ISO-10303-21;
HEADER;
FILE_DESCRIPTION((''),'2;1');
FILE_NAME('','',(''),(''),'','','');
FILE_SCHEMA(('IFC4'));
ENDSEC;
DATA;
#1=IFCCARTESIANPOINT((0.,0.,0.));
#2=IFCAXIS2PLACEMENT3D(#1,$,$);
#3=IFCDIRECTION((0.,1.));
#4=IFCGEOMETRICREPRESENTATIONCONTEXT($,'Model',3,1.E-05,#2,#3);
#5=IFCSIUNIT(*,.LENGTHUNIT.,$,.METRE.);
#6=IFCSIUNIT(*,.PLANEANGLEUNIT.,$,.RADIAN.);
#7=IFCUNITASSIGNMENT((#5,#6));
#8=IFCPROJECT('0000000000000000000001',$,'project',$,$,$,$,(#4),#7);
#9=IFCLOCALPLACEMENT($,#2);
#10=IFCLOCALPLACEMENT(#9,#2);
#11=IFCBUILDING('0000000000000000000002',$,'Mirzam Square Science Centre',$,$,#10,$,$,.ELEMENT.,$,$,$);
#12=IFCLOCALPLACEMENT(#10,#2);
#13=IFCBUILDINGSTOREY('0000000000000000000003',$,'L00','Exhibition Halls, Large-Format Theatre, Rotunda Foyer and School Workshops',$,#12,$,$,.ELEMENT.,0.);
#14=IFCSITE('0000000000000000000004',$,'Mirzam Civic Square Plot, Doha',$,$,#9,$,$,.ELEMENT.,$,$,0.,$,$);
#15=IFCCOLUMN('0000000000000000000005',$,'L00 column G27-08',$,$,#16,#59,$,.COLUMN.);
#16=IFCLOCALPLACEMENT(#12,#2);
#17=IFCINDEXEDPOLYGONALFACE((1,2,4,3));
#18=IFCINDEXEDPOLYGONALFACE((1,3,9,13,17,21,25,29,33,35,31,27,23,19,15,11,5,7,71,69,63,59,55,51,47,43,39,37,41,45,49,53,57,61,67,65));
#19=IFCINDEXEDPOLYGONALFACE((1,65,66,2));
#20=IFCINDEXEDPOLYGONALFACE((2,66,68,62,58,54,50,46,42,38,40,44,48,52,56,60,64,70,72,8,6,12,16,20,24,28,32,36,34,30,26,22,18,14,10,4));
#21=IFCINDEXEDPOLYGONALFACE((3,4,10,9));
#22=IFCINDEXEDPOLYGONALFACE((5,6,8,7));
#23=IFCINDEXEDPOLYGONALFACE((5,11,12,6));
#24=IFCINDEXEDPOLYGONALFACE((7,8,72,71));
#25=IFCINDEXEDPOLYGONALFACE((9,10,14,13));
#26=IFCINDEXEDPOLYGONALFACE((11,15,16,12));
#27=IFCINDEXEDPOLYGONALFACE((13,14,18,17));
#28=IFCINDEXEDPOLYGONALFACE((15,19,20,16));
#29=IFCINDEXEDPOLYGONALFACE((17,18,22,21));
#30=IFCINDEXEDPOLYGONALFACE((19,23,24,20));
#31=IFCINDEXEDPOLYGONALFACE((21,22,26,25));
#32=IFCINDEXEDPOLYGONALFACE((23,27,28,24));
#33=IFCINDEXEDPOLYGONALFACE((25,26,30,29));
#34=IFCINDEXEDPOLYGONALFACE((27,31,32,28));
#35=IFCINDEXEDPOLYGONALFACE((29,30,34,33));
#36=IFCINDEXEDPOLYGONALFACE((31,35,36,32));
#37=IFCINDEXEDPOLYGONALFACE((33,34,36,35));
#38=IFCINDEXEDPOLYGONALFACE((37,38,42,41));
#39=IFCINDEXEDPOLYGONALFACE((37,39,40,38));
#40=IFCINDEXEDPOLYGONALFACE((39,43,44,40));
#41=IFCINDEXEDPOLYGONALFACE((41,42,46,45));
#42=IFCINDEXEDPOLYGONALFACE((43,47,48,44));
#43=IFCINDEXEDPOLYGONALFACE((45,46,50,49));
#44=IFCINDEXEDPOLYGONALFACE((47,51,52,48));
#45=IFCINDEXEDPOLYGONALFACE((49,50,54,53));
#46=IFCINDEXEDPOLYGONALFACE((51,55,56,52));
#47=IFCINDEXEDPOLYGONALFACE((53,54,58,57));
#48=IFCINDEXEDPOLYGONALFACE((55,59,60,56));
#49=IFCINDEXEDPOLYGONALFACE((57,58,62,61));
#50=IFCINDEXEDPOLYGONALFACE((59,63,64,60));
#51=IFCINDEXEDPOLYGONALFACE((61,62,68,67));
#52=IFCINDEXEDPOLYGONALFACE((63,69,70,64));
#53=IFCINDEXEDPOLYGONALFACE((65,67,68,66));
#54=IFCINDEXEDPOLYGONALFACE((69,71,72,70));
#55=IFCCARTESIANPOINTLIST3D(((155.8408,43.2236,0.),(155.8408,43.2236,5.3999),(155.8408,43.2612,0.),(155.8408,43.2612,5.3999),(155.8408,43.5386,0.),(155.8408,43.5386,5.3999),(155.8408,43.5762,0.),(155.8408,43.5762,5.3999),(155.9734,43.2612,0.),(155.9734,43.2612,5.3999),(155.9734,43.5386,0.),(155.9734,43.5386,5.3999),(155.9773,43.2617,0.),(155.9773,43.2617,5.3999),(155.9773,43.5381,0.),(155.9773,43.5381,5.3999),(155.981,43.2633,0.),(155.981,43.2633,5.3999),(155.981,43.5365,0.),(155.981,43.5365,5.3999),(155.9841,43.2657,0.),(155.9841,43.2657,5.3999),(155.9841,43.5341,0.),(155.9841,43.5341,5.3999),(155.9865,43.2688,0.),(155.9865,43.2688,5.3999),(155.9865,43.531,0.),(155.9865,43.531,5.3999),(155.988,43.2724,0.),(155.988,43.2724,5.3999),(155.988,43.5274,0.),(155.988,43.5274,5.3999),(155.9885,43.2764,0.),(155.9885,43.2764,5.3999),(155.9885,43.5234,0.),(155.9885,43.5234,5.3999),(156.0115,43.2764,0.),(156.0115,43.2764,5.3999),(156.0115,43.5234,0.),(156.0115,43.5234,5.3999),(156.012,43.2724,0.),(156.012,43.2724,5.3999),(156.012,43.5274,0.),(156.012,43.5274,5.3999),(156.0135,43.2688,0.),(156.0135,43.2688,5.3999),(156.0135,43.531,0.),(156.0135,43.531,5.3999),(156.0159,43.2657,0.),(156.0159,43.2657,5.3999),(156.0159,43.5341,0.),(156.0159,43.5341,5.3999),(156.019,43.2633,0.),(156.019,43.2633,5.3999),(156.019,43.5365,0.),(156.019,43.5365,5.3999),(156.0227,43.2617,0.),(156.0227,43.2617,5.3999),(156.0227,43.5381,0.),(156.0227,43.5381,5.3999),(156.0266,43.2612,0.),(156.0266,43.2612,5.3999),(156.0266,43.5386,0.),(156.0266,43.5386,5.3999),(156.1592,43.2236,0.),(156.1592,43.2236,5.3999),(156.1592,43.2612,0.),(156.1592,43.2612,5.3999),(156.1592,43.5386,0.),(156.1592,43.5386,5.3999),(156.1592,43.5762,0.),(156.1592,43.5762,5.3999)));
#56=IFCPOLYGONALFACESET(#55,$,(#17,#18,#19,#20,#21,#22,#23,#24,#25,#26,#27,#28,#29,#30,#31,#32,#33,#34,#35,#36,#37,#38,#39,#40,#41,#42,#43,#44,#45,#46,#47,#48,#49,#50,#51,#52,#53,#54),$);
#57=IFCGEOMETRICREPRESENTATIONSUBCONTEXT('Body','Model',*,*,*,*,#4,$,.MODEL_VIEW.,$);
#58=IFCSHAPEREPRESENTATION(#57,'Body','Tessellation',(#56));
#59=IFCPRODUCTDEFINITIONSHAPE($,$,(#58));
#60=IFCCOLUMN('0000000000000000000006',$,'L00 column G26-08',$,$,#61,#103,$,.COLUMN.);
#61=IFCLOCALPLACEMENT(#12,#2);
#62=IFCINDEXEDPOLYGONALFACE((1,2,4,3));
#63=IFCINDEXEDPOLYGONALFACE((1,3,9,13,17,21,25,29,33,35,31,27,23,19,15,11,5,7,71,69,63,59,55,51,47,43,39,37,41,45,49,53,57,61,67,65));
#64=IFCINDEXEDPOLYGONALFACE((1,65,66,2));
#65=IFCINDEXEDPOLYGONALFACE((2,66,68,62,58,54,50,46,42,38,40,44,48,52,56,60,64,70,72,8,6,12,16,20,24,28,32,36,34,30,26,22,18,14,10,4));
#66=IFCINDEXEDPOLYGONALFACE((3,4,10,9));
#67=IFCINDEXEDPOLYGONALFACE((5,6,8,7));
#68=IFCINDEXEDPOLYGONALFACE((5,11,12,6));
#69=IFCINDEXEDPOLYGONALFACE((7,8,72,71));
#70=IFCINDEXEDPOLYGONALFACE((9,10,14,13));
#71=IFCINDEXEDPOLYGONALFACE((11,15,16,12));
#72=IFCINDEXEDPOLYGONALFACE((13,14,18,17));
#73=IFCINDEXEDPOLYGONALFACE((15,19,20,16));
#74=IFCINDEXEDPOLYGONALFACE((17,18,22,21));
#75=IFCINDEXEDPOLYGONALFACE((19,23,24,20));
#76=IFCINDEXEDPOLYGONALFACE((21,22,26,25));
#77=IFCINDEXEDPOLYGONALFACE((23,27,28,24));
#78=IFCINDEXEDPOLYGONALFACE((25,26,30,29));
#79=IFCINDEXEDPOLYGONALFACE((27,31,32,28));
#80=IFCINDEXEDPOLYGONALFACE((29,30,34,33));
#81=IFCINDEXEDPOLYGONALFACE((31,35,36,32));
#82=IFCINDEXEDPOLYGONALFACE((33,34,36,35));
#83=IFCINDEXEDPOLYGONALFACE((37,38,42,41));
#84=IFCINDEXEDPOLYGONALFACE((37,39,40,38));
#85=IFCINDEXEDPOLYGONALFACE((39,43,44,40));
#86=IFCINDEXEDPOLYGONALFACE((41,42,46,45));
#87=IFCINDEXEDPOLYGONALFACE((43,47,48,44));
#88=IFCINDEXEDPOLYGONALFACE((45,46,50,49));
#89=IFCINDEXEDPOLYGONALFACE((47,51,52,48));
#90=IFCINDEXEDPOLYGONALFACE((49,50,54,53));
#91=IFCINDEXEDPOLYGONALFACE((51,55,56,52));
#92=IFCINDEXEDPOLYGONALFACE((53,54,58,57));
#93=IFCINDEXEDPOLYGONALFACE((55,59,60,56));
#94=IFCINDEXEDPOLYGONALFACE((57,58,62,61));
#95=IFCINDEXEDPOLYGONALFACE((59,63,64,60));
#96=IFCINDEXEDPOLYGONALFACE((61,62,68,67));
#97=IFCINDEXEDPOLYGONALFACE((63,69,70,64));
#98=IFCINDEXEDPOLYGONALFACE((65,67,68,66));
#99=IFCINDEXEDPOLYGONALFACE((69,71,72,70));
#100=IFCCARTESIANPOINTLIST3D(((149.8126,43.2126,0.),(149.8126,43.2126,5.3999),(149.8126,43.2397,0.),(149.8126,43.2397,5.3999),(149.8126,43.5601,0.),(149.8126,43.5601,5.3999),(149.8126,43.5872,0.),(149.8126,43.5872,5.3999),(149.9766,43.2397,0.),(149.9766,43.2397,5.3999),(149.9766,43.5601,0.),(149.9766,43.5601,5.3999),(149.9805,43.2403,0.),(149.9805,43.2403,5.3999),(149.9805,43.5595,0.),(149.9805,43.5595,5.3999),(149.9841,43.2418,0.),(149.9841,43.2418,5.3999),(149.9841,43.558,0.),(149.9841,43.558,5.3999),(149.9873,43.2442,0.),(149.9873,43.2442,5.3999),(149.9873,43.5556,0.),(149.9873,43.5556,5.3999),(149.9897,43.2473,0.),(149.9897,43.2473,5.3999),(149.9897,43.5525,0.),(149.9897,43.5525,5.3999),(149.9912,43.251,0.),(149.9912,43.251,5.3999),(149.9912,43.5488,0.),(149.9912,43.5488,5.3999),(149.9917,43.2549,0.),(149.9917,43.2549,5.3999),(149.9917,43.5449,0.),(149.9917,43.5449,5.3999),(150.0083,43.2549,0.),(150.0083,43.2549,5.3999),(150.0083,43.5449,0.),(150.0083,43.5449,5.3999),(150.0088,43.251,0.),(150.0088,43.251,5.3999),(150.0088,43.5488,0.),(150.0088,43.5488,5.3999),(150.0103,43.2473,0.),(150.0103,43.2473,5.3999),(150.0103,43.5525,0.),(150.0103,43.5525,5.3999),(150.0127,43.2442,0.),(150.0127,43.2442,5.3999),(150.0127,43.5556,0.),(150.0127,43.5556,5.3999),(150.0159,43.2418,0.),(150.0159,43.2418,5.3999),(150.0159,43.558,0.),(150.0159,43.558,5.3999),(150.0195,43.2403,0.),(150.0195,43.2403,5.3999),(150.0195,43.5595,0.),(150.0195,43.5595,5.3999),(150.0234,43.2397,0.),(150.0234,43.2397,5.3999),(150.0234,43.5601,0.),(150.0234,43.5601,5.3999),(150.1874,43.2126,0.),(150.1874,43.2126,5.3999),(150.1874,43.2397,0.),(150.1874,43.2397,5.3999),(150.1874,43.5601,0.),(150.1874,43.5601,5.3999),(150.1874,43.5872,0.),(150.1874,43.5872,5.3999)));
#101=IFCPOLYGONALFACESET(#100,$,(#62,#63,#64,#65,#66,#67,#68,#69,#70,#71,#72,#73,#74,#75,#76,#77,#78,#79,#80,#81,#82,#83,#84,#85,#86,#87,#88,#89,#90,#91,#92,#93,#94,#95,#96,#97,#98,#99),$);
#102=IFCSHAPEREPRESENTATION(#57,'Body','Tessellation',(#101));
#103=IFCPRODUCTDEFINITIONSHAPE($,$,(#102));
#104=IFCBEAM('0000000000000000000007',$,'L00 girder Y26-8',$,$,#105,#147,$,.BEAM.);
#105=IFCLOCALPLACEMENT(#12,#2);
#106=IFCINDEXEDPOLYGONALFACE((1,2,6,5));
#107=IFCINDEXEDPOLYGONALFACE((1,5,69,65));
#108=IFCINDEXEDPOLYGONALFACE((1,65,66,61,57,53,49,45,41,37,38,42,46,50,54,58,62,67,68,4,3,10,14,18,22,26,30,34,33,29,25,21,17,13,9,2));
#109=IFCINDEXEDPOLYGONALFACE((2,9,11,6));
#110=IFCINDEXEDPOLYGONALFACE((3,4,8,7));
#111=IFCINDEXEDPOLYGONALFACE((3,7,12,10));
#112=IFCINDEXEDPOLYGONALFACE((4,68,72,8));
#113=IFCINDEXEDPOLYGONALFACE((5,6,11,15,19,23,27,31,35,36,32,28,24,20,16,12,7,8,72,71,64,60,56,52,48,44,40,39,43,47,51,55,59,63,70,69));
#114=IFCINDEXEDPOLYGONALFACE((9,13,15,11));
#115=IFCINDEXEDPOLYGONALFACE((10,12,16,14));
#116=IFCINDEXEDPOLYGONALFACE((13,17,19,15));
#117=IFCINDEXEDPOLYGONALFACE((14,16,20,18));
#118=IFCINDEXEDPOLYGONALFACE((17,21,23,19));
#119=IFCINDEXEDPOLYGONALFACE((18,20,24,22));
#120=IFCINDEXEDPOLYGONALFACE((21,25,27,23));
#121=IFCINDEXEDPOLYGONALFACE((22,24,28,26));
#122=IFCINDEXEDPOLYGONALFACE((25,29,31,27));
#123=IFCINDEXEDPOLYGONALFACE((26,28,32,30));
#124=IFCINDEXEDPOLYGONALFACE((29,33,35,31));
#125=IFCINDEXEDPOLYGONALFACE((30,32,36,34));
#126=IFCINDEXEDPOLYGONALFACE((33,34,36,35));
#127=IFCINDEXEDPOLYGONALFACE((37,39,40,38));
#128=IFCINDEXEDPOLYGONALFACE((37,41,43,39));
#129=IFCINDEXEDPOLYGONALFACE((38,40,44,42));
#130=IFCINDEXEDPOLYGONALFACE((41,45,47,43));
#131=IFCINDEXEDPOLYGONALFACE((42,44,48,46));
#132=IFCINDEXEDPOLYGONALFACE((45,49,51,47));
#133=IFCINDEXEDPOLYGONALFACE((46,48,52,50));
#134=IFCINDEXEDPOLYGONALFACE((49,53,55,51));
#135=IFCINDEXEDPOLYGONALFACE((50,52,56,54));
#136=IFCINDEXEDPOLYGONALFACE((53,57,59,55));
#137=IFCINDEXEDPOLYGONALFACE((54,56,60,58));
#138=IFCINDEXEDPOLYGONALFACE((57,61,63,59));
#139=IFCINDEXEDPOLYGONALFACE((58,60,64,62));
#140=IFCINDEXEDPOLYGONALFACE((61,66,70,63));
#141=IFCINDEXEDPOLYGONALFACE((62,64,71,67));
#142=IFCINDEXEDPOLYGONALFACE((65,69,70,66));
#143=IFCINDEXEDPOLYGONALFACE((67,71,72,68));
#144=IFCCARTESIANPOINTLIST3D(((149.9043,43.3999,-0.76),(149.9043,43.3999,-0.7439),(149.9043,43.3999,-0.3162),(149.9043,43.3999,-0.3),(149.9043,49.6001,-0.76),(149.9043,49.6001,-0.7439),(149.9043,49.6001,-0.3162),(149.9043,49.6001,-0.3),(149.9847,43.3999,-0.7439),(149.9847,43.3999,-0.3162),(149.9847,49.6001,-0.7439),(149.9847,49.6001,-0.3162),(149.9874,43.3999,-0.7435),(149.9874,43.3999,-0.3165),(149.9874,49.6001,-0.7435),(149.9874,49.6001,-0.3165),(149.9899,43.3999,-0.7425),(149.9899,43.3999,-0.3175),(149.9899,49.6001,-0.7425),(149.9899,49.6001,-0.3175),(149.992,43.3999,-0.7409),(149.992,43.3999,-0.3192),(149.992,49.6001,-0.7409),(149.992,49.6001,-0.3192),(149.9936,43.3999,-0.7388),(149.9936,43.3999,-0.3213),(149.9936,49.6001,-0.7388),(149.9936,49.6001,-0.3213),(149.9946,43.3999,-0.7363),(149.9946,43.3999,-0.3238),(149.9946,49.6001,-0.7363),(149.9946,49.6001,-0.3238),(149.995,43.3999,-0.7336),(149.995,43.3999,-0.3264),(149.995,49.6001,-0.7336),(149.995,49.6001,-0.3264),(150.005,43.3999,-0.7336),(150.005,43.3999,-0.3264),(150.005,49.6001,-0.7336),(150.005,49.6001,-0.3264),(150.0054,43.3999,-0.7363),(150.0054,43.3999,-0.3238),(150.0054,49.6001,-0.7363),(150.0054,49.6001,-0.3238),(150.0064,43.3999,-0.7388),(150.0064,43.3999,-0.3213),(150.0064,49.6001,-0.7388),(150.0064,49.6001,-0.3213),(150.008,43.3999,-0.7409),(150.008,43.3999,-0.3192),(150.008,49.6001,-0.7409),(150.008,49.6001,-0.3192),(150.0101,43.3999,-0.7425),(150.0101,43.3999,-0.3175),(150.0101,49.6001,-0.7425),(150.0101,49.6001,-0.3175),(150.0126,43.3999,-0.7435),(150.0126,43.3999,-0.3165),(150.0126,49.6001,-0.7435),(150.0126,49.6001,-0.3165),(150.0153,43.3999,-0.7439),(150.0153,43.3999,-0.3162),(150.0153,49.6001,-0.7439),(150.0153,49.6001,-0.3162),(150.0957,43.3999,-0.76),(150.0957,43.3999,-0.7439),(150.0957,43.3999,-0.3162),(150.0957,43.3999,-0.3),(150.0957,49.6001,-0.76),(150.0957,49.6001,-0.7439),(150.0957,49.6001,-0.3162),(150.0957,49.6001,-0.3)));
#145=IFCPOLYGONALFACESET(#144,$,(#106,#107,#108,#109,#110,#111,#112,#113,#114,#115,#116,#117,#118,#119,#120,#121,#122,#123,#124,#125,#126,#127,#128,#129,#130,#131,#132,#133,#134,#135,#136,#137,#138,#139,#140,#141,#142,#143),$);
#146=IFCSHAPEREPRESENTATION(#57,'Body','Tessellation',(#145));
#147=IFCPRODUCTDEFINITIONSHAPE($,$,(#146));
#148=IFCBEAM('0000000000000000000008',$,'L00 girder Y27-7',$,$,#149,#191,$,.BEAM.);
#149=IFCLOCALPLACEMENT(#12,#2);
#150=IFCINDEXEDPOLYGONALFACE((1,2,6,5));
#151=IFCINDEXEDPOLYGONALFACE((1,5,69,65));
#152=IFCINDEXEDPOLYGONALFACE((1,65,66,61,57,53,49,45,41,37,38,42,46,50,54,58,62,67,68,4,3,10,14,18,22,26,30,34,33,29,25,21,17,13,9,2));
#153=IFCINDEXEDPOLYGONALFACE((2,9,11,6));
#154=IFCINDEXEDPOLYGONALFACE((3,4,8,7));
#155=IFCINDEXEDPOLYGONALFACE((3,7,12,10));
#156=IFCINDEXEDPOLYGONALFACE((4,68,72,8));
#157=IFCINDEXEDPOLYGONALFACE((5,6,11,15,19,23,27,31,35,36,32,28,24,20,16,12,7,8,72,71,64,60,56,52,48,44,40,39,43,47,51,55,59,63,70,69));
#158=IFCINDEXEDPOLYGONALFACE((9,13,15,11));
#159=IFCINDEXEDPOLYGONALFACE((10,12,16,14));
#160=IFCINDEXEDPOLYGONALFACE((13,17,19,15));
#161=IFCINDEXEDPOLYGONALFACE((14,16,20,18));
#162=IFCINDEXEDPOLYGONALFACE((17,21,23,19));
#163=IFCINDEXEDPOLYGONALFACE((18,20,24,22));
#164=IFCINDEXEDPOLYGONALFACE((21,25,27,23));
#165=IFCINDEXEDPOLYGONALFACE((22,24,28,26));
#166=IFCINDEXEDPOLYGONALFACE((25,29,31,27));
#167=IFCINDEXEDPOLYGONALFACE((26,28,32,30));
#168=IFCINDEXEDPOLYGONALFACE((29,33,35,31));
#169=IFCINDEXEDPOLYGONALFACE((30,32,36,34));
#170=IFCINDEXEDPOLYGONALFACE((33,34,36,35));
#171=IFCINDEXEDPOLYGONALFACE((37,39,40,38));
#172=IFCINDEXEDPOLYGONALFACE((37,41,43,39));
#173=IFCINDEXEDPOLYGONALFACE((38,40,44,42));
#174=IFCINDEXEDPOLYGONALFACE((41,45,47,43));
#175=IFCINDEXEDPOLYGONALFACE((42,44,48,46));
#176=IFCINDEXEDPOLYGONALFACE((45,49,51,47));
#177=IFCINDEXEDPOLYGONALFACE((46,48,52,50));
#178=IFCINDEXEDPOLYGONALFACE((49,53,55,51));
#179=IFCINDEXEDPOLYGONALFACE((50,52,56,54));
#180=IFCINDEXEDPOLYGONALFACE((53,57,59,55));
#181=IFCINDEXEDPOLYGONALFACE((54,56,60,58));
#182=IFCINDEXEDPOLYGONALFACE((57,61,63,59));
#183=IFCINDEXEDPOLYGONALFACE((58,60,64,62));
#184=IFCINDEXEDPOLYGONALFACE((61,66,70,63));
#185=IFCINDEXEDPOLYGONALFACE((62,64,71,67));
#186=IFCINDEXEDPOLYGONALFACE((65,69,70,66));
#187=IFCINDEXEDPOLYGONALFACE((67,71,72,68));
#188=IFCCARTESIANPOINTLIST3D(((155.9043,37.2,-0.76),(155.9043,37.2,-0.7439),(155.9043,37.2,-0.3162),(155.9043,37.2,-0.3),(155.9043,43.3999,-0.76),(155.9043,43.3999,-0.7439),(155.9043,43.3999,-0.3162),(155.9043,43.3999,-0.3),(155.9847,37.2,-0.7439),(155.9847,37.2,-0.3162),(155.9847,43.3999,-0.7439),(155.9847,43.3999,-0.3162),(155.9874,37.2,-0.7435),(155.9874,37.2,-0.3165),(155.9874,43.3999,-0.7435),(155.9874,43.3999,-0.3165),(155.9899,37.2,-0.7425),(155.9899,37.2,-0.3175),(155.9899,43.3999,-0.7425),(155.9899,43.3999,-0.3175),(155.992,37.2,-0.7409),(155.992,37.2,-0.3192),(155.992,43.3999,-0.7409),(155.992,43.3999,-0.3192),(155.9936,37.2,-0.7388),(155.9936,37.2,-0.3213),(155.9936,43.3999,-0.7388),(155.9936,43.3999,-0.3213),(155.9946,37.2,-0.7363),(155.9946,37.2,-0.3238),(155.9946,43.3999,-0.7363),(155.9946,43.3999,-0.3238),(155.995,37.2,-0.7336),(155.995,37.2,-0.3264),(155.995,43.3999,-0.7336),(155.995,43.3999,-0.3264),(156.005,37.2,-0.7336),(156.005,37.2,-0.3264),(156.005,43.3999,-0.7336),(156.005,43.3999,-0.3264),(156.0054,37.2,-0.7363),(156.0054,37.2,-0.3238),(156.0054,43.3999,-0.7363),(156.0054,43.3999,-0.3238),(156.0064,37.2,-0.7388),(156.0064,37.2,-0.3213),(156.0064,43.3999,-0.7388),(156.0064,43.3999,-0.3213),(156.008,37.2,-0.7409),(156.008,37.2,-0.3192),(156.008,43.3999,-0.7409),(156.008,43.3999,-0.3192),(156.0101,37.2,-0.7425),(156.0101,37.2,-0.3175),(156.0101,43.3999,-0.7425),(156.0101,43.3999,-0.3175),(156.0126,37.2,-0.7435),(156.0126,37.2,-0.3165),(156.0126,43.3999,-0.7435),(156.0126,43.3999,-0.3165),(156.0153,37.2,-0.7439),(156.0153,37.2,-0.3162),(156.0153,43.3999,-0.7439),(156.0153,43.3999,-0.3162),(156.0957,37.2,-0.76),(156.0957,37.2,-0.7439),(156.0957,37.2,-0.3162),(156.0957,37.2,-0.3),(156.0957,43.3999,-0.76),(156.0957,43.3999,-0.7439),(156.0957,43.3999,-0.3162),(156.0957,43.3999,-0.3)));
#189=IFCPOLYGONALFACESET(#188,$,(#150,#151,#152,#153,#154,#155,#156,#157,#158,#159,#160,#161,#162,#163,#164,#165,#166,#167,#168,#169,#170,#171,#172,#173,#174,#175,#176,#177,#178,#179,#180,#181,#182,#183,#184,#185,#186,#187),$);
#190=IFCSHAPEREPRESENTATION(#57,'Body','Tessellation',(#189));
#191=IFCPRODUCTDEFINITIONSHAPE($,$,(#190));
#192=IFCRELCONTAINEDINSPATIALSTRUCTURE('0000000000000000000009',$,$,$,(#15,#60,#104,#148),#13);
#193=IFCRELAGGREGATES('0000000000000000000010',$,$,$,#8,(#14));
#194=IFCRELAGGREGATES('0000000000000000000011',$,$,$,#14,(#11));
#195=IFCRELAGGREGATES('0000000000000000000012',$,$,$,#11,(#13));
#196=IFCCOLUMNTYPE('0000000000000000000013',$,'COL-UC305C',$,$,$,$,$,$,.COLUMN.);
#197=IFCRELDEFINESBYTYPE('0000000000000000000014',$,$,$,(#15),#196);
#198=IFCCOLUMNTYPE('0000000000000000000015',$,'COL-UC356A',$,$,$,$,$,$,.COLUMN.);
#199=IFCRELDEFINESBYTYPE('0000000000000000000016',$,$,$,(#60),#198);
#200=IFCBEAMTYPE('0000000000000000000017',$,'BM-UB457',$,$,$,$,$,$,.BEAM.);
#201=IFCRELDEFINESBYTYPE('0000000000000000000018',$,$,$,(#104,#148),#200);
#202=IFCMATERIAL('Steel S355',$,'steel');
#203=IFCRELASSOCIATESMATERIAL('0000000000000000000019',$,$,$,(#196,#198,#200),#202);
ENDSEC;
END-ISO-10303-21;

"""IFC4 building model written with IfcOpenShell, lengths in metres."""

from ifc_helpers import new_model, si_unit, direction, frame, origin, origin_2d, place, context, subcontext, project, spatial, i_section, extrude, material, material_profile, profile_set, type_object, element, save


model = new_model("IFC4")

# Units and contexts
model_context = context("Model", 3, precision=1e-05, world=origin(), true_north=direction((0.0, 1.0)))
body_context = subcontext(model_context, "Body", "Model", "MODEL_VIEW")
ifc_project = project(units=[si_unit("LENGTHUNIT", "METRE"), si_unit("PLANEANGLEUNIT", "RADIAN")], contexts=[model_context])

# Site, building, storey
site_placement = place(None, origin())
site = spatial("IfcSite", under=ifc_project, at=site_placement, Name="Mirzam Civic Square Plot, Doha", CompositionType="ELEMENT", RefElevation=0.0)
building_placement = place(site_placement, origin())
building = spatial("IfcBuilding", under=site, at=building_placement, Name="Mirzam Square Science Centre", CompositionType="ELEMENT")
storey_placement = place(building_placement, origin())
storey = spatial("IfcBuildingStorey", under=building, at=storey_placement, Name="L00", Description="Exhibition Halls, Large-Format Theatre, Rotunda Foyer and School Workshops", CompositionType="ELEMENT", Elevation=0.0)

# Columns
ifc_material_1 = material(Name="Steel S355", Category="steel")
ifc_material_profile_1 = material_profile(ifc_material_1, i_section(OverallWidth=0.3184, OverallDepth=0.3525, WebThickness=0.0229, FlangeThickness=0.0376, FilletRadius=0.0151, at=origin_2d()), Name="305x305x240UC")
ifc_profile_set_1 = profile_set([ifc_material_profile_1], Name="Steel S355")
column_type_1 = type_object("IfcColumnType", Name="COL-UC305C", PredefinedType="COLUMN", material=ifc_profile_set_1)
column_1_placement = place(storey_placement, frame((156.0, 43.3999, 0.0), z_axis=(0.0, 0.0, 1.0), x_axis=(1.0, 0.0, 0.0)))
element("IfcColumn", 1, at=column_1_placement, inside=storey, type_object=column_type_1, Name="L00 column G27-08", PredefinedType="COLUMN", context=body_context, shape_type="SweptSolid", body=[
    extrude(i_section(OverallWidth=0.3184, OverallDepth=0.3525, WebThickness=0.0229, FlangeThickness=0.0376, FilletRadius=0.0151, at=origin_2d()), origin(), (0.0, 0.0, 1.0), 5.3999),
])
ifc_material_profile_2 = material_profile(ifc_material_1, i_section(OverallWidth=0.3748, OverallDepth=0.3745, WebThickness=0.0166, FlangeThickness=0.0271, FilletRadius=0.0151, at=origin_2d()), Name="356x368x202UC")
ifc_profile_set_2 = profile_set([ifc_material_profile_2], Name="Steel S355")
column_type_2 = type_object("IfcColumnType", Name="COL-UC356A", PredefinedType="COLUMN", material=ifc_profile_set_2)
column_2_placement = place(storey_placement, frame((150.0, 43.3999, 0.0), z_axis=(0.0, 0.0, 1.0), x_axis=(1.0, 0.0, 0.0)))
element("IfcColumn", 2, at=column_2_placement, inside=storey, type_object=column_type_2, Name="L00 column G26-08", PredefinedType="COLUMN", context=body_context, shape_type="SweptSolid", body=[
    extrude(i_section(OverallWidth=0.3748, OverallDepth=0.3745, WebThickness=0.0166, FlangeThickness=0.0271, FilletRadius=0.0151, at=origin_2d()), origin(), (0.0, 0.0, 1.0), 5.3999),
])

# Beams
ifc_material_profile_3 = material_profile(ifc_material_1, i_section(OverallWidth=0.1914, OverallDepth=0.46, WebThickness=0.01, FlangeThickness=0.0161, FilletRadius=0.0103, at=origin_2d()), Name="457x191x82UB")
ifc_profile_set_3 = profile_set([ifc_material_profile_3], Name="Steel S355")
beam_type_1 = type_object("IfcBeamType", Name="BM-UB457", PredefinedType="BEAM", material=ifc_profile_set_3)
beam_1_placement = place(storey_placement, frame((150.0, 43.3999, -0.53), z_axis=(0.0, 1.0, 0.0), x_axis=(-1.0, 0.0, 0.0)))
element("IfcBeam", 3, at=beam_1_placement, inside=storey, type_object=beam_type_1, Name="L00 girder Y26-8", PredefinedType="BEAM", context=body_context, shape_type="SweptSolid", body=[
    extrude(i_section(OverallWidth=0.1914, OverallDepth=0.46, WebThickness=0.01, FlangeThickness=0.0161, FilletRadius=0.0103, at=origin_2d()), origin(), (0.0, 0.0, 1.0), 6.2002),
])
beam_2_placement = place(storey_placement, frame((156.0, 37.2, -0.53), z_axis=(0.0, 1.0, 0.0), x_axis=(-1.0, 0.0, 0.0)))
element("IfcBeam", 4, at=beam_2_placement, inside=storey, type_object=beam_type_1, Name="L00 girder Y27-7", PredefinedType="BEAM", context=body_context, shape_type="SweptSolid", body=[
    extrude(i_section(OverallWidth=0.1914, OverallDepth=0.46, WebThickness=0.01, FlangeThickness=0.0161, FilletRadius=0.0103, at=origin_2d()), origin(), (0.0, 0.0, 1.0), 6.2),
])

save(model, "model.ifc")
